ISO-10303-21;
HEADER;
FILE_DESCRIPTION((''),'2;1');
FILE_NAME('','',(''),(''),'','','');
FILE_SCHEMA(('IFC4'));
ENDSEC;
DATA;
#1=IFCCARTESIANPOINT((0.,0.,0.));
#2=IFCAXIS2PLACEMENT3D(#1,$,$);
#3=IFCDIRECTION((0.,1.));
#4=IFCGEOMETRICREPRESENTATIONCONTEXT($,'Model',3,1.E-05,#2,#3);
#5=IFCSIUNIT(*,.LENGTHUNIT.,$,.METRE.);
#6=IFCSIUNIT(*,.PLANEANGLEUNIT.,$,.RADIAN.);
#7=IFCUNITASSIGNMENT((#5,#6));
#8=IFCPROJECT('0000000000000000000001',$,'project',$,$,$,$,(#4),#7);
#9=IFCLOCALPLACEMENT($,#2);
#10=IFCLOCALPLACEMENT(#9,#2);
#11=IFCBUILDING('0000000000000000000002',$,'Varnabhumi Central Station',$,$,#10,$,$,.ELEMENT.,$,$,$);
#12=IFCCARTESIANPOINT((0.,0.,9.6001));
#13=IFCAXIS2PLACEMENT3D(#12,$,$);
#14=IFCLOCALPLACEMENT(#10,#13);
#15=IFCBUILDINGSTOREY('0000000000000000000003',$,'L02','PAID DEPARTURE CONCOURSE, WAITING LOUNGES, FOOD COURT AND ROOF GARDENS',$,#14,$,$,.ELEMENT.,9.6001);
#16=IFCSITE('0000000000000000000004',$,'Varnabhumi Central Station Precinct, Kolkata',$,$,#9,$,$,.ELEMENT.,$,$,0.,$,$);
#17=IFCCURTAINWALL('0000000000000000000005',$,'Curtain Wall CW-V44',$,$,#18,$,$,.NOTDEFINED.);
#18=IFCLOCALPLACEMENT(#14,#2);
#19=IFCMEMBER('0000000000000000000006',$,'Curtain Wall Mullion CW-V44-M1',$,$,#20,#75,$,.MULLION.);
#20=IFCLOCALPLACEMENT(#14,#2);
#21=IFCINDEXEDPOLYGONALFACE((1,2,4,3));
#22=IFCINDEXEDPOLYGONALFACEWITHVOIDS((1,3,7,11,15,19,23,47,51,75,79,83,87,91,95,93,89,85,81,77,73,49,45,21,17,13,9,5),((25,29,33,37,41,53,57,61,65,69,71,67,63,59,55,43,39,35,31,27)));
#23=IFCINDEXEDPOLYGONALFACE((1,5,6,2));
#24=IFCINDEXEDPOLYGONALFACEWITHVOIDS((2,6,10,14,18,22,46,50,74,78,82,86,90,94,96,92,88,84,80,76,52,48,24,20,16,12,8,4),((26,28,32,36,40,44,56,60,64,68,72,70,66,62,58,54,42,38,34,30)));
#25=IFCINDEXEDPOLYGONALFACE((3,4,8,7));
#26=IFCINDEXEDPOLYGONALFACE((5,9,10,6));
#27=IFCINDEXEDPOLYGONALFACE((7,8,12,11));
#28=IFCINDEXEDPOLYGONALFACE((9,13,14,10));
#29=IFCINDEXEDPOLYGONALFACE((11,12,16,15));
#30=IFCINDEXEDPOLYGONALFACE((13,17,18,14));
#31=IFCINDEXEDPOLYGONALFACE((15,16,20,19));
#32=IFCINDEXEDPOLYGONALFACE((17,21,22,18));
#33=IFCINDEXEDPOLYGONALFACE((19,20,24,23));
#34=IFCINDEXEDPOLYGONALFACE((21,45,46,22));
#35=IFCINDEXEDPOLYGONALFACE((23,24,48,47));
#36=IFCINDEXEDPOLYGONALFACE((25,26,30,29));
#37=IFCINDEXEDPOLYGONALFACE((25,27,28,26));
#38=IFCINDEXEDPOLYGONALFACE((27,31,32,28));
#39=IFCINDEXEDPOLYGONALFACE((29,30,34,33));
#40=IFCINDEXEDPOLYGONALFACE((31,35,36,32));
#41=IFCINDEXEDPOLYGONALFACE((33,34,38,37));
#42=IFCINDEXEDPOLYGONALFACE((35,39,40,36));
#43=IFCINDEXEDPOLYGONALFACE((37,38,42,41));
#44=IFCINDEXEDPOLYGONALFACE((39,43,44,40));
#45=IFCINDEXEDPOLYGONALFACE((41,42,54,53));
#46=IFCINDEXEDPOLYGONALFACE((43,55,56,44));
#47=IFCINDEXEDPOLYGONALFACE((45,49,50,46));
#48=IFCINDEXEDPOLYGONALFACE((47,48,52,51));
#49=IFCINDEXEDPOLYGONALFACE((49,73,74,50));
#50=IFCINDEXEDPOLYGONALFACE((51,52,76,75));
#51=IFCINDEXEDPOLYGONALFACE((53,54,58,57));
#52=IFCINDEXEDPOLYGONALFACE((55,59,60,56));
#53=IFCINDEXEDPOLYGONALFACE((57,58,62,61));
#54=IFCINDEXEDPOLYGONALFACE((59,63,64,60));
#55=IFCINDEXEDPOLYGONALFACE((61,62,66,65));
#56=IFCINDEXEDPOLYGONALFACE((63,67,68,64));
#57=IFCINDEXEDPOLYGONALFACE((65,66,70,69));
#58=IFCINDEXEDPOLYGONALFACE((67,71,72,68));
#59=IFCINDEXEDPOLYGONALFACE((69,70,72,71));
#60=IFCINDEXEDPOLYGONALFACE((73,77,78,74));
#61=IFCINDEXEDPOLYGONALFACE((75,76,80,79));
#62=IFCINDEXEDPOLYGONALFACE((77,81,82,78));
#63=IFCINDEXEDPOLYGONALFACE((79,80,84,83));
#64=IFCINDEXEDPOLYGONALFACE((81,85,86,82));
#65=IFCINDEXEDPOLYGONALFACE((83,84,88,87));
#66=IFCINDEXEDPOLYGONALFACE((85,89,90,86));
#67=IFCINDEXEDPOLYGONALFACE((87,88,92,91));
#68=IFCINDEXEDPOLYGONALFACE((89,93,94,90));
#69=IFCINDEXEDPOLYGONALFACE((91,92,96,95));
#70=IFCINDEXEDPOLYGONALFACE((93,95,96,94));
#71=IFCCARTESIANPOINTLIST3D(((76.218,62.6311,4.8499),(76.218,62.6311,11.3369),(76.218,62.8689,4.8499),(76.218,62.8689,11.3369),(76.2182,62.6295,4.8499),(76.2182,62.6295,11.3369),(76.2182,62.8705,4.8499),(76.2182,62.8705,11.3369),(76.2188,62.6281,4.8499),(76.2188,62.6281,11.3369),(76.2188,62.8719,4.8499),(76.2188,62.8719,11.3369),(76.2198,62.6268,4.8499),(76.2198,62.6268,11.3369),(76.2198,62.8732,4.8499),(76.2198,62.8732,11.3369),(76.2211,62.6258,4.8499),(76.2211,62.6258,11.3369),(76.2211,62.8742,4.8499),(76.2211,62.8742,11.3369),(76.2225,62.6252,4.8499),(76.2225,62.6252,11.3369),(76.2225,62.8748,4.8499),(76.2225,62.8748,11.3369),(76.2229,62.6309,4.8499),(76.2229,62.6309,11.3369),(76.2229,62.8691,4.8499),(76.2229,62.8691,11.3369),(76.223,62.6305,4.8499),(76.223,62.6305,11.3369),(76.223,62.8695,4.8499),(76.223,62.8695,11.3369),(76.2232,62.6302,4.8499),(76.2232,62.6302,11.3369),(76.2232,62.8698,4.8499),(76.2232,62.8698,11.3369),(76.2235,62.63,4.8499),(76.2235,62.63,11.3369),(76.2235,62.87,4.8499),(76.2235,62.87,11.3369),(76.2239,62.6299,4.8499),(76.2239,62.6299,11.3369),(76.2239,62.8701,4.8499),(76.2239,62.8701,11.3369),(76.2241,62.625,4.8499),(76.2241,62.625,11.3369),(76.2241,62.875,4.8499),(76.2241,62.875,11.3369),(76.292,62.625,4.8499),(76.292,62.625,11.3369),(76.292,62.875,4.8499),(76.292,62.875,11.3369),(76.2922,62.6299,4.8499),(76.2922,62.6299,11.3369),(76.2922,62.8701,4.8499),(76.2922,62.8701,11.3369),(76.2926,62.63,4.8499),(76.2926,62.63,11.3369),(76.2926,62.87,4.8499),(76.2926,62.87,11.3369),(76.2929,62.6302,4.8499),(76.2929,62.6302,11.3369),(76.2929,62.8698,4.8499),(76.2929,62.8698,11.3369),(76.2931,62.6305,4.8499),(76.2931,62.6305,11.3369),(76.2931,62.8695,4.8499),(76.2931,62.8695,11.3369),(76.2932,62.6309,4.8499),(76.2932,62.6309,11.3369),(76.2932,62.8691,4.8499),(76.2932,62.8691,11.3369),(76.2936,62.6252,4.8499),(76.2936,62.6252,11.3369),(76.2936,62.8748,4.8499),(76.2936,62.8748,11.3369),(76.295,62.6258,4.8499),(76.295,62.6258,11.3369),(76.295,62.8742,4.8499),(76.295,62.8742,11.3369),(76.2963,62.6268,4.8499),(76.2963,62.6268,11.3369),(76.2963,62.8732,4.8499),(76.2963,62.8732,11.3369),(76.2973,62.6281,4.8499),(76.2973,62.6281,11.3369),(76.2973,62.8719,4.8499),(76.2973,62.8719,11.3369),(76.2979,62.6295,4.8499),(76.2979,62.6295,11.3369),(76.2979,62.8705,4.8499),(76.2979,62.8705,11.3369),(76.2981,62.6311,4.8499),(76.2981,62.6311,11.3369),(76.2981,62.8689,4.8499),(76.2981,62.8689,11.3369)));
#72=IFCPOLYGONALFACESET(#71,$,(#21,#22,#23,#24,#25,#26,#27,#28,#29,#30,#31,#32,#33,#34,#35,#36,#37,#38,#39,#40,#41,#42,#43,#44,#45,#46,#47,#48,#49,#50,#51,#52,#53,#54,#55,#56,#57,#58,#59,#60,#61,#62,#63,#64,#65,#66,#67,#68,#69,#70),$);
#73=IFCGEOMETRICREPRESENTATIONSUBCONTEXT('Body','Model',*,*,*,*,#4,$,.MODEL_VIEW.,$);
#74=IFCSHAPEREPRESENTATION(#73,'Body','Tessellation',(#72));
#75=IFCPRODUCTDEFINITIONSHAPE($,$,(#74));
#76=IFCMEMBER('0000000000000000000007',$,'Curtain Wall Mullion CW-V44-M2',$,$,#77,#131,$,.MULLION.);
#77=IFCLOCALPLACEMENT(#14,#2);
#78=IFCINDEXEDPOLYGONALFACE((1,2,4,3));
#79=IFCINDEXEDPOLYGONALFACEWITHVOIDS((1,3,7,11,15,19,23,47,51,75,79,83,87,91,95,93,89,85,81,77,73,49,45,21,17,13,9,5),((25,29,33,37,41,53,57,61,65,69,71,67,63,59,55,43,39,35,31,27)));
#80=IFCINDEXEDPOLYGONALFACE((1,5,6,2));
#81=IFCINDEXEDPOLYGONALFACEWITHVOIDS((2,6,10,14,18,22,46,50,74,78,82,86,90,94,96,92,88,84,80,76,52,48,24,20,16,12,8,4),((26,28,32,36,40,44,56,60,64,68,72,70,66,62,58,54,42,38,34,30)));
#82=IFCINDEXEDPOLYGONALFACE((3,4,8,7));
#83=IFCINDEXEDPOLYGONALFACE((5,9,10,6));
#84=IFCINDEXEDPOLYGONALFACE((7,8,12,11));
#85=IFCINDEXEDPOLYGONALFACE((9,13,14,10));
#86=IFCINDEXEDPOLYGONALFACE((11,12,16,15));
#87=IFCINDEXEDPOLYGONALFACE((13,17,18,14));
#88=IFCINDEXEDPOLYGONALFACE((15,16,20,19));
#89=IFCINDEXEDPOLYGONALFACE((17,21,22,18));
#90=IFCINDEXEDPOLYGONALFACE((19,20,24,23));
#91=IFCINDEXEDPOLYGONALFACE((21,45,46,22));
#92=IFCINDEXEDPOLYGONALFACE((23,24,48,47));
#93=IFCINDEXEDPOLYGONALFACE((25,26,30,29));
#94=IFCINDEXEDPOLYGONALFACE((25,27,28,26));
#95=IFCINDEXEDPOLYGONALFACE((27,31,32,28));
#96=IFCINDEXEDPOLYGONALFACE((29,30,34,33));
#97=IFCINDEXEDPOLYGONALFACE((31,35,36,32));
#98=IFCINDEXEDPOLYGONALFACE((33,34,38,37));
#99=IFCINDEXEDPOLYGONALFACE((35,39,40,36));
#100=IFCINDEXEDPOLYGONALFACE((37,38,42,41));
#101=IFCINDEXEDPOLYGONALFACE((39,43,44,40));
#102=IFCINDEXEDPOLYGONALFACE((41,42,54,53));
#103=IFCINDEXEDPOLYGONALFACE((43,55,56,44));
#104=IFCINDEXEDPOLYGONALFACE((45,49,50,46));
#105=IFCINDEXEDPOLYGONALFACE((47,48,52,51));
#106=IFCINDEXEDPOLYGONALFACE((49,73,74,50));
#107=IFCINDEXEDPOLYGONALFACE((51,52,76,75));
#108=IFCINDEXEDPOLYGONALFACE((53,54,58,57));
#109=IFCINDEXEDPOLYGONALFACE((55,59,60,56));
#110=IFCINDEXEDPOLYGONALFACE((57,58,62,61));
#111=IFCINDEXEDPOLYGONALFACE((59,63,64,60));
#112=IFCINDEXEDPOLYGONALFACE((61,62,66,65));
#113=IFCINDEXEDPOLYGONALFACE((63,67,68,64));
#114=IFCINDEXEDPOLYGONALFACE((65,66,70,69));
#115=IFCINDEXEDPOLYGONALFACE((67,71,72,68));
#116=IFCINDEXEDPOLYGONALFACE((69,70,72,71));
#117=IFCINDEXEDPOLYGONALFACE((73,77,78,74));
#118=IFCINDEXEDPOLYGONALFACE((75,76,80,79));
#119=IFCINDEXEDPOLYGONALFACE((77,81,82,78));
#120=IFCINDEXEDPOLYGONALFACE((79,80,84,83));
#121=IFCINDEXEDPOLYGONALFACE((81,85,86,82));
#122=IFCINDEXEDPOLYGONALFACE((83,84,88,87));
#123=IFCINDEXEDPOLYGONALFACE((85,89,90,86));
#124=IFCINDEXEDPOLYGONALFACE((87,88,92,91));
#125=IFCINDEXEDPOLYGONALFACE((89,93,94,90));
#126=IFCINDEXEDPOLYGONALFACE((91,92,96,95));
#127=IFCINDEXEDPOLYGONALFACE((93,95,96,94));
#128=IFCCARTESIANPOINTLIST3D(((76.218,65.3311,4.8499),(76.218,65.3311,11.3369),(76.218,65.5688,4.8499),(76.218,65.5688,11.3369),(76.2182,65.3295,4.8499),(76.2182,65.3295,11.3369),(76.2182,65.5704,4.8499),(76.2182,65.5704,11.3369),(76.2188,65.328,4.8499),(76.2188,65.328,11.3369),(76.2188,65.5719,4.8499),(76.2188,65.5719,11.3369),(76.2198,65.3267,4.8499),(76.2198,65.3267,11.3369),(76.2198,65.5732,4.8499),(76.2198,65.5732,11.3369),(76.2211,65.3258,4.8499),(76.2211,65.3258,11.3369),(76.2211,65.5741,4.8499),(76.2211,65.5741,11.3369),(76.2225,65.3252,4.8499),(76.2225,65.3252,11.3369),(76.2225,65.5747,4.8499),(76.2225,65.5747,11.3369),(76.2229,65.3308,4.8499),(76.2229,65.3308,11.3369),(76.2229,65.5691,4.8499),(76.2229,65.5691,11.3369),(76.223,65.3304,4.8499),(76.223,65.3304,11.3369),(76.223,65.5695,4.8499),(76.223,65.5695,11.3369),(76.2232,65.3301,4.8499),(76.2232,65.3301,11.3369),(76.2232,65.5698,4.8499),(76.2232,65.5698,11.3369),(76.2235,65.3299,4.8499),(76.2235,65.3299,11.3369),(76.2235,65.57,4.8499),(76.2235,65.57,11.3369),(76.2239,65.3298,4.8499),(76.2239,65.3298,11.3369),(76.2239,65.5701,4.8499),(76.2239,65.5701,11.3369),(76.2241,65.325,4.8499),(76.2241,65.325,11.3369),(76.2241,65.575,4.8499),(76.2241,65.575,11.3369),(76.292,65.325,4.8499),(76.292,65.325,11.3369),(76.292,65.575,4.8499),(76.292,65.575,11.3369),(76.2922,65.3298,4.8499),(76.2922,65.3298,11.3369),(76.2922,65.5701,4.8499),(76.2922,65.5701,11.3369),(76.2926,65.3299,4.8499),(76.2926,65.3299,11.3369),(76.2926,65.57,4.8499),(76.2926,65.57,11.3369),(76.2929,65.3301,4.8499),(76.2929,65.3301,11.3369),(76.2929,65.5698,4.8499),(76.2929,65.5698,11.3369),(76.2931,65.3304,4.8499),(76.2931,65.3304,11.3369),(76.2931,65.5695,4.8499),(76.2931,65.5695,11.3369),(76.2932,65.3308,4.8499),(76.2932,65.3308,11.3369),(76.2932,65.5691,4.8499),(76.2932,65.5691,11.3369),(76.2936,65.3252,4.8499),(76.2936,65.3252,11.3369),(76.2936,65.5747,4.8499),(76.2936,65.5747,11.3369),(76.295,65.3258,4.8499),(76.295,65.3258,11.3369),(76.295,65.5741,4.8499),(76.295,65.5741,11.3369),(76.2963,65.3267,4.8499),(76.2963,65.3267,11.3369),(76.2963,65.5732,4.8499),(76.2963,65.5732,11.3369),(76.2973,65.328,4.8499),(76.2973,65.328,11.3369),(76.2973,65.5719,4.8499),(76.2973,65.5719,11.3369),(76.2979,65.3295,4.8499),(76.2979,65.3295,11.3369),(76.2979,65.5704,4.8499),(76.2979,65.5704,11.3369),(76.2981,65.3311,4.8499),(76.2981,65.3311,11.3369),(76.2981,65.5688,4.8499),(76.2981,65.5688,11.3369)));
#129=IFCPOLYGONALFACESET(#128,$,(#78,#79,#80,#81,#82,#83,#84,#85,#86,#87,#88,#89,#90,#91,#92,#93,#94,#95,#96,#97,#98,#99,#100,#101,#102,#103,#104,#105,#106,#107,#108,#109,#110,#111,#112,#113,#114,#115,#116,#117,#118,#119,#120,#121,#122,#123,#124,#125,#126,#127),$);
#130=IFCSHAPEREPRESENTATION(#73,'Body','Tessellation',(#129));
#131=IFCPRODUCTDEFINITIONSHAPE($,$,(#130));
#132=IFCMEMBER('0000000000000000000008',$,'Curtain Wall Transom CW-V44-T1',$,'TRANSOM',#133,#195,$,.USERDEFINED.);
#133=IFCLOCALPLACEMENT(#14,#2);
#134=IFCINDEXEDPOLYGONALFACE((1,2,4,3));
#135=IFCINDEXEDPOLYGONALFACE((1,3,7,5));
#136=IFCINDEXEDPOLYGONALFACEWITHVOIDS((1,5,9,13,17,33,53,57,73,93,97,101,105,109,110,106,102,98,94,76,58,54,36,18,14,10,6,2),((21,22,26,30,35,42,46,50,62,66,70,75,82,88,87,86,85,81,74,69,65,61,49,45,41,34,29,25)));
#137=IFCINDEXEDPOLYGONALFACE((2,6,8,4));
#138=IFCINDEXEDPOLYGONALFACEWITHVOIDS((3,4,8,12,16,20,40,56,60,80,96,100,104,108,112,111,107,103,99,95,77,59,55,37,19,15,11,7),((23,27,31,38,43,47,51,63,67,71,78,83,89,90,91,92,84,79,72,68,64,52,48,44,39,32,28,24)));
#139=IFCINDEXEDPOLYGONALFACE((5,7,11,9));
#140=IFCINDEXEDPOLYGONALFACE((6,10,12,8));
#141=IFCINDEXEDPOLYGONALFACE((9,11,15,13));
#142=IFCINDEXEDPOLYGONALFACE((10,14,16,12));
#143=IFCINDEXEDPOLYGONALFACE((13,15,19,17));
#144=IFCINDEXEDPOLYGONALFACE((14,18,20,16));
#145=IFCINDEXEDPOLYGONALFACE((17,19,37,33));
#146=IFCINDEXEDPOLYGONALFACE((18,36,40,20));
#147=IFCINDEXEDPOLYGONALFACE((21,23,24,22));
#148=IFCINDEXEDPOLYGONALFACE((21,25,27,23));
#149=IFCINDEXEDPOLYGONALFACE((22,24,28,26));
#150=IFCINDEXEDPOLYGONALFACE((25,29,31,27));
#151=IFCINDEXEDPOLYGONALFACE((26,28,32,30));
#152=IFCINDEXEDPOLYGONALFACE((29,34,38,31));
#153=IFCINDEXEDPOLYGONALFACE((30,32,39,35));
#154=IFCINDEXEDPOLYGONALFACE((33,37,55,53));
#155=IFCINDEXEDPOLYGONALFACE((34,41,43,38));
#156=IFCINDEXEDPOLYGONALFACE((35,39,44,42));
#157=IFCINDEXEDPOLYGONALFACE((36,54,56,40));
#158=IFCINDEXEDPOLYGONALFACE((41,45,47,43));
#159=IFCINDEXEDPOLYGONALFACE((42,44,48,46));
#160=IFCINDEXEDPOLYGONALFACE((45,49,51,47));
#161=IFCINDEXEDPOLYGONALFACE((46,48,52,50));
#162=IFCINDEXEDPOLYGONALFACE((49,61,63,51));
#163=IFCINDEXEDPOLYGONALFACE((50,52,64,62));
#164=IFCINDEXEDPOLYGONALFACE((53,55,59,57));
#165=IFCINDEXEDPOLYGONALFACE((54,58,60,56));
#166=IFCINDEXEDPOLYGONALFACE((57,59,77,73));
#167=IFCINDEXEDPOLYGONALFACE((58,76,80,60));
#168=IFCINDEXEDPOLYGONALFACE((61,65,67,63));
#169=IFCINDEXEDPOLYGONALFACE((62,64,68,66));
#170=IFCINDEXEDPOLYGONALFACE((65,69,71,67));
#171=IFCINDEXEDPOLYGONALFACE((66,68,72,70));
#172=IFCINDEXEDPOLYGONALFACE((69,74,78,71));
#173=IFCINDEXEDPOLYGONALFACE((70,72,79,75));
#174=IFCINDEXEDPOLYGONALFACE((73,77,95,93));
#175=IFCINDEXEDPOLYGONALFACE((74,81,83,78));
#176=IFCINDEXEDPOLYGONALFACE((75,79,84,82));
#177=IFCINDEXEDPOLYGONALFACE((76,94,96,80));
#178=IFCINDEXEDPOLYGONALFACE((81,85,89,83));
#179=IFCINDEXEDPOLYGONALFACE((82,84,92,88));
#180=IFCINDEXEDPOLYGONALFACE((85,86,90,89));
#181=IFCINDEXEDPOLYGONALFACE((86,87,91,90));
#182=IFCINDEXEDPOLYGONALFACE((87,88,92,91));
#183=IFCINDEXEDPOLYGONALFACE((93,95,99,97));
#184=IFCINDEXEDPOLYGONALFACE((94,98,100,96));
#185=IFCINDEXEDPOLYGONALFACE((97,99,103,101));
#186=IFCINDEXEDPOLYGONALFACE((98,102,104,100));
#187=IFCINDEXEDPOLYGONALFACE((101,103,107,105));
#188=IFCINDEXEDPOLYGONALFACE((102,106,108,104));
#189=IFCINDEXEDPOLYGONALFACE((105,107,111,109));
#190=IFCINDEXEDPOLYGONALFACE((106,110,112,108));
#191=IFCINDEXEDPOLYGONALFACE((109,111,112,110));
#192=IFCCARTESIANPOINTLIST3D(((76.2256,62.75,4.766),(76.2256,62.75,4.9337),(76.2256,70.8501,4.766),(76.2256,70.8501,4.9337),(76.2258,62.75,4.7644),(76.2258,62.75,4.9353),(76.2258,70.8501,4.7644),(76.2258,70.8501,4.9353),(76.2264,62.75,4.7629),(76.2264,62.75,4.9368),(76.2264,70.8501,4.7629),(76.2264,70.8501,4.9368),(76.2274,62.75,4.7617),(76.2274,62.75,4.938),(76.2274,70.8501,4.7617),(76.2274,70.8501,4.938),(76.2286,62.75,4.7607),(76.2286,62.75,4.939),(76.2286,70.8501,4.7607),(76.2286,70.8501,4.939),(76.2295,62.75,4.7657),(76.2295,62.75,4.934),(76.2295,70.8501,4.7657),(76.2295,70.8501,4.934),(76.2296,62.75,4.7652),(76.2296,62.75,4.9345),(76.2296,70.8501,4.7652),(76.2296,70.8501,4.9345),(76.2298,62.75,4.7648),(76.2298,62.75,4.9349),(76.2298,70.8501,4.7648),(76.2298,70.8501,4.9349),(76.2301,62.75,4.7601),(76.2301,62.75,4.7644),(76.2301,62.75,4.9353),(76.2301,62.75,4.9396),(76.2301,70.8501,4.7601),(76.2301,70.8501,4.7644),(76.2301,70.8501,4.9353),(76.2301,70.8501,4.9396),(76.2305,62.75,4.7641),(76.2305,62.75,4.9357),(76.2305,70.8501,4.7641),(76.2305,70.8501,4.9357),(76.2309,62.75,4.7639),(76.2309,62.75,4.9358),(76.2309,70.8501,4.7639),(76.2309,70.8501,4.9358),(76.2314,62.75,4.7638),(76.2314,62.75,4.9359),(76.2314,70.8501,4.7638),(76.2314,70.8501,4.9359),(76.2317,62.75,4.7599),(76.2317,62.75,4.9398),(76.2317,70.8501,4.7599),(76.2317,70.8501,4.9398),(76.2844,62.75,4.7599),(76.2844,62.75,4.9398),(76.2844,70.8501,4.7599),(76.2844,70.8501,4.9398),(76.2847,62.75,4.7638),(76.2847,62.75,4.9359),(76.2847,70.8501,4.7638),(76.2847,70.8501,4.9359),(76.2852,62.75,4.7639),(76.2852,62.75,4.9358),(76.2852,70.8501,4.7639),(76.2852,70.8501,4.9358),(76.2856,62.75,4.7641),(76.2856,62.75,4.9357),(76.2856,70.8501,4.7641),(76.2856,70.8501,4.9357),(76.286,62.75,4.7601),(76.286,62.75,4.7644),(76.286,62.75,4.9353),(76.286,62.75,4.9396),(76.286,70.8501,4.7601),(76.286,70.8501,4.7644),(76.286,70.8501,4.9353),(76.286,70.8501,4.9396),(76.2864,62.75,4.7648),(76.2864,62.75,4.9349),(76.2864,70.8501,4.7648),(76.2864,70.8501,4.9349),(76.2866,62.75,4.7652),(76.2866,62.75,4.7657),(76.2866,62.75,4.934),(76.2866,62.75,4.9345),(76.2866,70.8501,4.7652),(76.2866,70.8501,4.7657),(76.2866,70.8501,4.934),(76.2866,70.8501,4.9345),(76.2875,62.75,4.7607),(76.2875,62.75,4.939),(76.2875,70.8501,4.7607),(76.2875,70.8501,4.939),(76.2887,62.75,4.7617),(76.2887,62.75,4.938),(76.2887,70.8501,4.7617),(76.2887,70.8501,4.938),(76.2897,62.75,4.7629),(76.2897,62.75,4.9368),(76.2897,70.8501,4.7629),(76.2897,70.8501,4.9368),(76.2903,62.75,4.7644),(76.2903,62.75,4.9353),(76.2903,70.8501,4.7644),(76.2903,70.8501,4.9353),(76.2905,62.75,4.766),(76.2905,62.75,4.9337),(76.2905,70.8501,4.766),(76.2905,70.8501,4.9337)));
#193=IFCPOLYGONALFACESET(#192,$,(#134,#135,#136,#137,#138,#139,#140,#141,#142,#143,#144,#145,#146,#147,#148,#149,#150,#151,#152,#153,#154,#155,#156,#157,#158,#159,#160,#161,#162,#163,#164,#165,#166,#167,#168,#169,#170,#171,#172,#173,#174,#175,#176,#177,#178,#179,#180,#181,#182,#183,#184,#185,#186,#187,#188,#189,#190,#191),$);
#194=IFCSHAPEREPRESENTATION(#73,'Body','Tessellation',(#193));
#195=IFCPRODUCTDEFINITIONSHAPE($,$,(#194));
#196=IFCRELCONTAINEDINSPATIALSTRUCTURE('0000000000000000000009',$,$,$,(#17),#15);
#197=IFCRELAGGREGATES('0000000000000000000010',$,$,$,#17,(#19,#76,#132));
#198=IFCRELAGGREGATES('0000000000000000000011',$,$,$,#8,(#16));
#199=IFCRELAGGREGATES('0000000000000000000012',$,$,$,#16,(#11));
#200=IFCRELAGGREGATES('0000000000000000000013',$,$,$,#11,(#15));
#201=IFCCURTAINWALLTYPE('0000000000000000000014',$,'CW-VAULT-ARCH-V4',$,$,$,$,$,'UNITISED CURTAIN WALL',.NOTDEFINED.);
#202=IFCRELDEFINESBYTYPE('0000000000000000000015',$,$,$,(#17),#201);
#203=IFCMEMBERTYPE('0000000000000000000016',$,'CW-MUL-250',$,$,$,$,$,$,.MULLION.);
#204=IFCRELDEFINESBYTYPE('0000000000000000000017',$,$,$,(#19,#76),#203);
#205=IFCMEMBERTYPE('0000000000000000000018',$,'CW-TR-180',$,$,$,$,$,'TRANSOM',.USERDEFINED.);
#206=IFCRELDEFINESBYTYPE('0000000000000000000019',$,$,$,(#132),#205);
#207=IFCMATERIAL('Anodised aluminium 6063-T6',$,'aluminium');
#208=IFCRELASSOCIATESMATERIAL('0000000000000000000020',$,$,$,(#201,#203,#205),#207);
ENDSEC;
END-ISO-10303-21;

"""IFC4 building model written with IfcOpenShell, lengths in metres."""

from ifc_helpers import new_model, si_unit, direction, frame, origin, origin_2d, place, context, subcontext, project, spatial, hollow_rectangle, extrude, material, material_profile, profile_set, type_object, element, aggregate, save


model = new_model("IFC4")

# Units and contexts
model_context = context("Model", 3, precision=1e-05, world=origin(), true_north=direction((0.0, 1.0)))
body_context = subcontext(model_context, "Body", "Model", "MODEL_VIEW")
ifc_project = project(units=[si_unit("LENGTHUNIT", "METRE"), si_unit("PLANEANGLEUNIT", "RADIAN")], contexts=[model_context])

# Site, building, storey
site_placement = place(None, origin())
site = spatial("IfcSite", under=ifc_project, at=site_placement, Name="Varnabhumi Central Station Precinct, Kolkata", CompositionType="ELEMENT", RefElevation=0.0)
building_placement = place(site_placement, origin())
building = spatial("IfcBuilding", under=site, at=building_placement, Name="Varnabhumi Central Station", CompositionType="ELEMENT")
storey_placement = place(building_placement, frame((0.0, 0.0, 9.6001)))
storey = spatial("IfcBuildingStorey", under=building, at=storey_placement, Name="L02", Description="PAID DEPARTURE CONCOURSE, WAITING LOUNGES, FOOD COURT AND ROOF GARDENS", CompositionType="ELEMENT", Elevation=9.6001)

# Curtain wall, members
ifc_material_1 = material(Name="Anodised aluminium 6063-T6", Category="aluminium")
curtain_wall_type = type_object("IfcCurtainWallType", Name="CW-VAULT-ARCH-V4", ElementType="UNITISED CURTAIN WALL", PredefinedType="NOTDEFINED", material=ifc_material_1)
ifc_material_profile_1 = material_profile(ifc_material_1, hollow_rectangle(XDim=0.0801, YDim=0.25, WallThickness=0.0049, InnerFilletRadius=0.001, OuterFilletRadius=0.0061, at=origin_2d()), Name="Anodised aluminium 6063-T6", Category="aluminium")
ifc_profile_set_1 = profile_set([ifc_material_profile_1], Name="Anodised aluminium 6063-T6")
member_type_1 = type_object("IfcMemberType", Name="CW-MUL-250", PredefinedType="MULLION", material=ifc_profile_set_1)
curtain_wall_1_placement = place(storey_placement, origin())
curtain_wall_1 = element("IfcCurtainWall", 1, at=curtain_wall_1_placement, inside=storey, type_object=curtain_wall_type, Name="Curtain Wall CW-V44", PredefinedType="NOTDEFINED")
member_1_placement = place(storey_placement, frame((76.2581, 62.75, 4.8499), z_axis=(0.0, 0.0, 1.0), x_axis=(1.0, 0.0, 0.0)))
member_1 = element("IfcMember", 2, at=member_1_placement, type_object=member_type_1, Name="Curtain Wall Mullion CW-V44-M1", PredefinedType="MULLION", context=body_context, shape_type="SweptSolid", body=[
    extrude(hollow_rectangle(XDim=0.0801, YDim=0.25, WallThickness=0.0049, InnerFilletRadius=0.001, OuterFilletRadius=0.0061, at=origin_2d()), origin(), (0.0, 0.0, 1.0), 6.4871),
])
member_2_placement = place(storey_placement, frame((76.2581, 65.45, 4.8499), z_axis=(0.0, 0.0, 1.0), x_axis=(1.0, 0.0, 0.0)))
member_2 = element("IfcMember", 3, at=member_2_placement, type_object=member_type_1, Name="Curtain Wall Mullion CW-V44-M2", PredefinedType="MULLION", context=body_context, shape_type="SweptSolid", body=[
    extrude(hollow_rectangle(XDim=0.0801, YDim=0.25, WallThickness=0.0049, InnerFilletRadius=0.001, OuterFilletRadius=0.0061, at=origin_2d()), origin(), (0.0, 0.0, 1.0), 6.4871),
])
ifc_material_profile_2 = material_profile(ifc_material_1, hollow_rectangle(XDim=0.0649, YDim=0.1799, WallThickness=0.0039, InnerFilletRadius=0.002, OuterFilletRadius=0.0061, at=origin_2d()), Name="Anodised aluminium 6063-T6", Category="aluminium")
ifc_profile_set_2 = profile_set([ifc_material_profile_2], Name="Anodised aluminium 6063-T6")
member_type_2 = type_object("IfcMemberType", Name="CW-TR-180", ElementType="TRANSOM", PredefinedType="USERDEFINED", material=ifc_profile_set_2)
member_3_placement = place(storey_placement, frame((76.2581, 62.75, 4.8499), z_axis=(0.0, 1.0, 0.0), x_axis=(-1.0, 0.0, 0.0)))
member_3 = element("IfcMember", 4, at=member_3_placement, type_object=member_type_2, Name="Curtain Wall Transom CW-V44-T1", ObjectType="TRANSOM", PredefinedType="USERDEFINED", context=body_context, shape_type="SweptSolid", body=[
    extrude(hollow_rectangle(XDim=0.0649, YDim=0.1799, WallThickness=0.0039, InnerFilletRadius=0.002, OuterFilletRadius=0.0061, at=origin_2d()), origin(), (0.0, 0.0, 1.0), 8.1001),
])

aggregate(curtain_wall_1, [member_1, member_2, member_3])

save(model, "model.ifc")
